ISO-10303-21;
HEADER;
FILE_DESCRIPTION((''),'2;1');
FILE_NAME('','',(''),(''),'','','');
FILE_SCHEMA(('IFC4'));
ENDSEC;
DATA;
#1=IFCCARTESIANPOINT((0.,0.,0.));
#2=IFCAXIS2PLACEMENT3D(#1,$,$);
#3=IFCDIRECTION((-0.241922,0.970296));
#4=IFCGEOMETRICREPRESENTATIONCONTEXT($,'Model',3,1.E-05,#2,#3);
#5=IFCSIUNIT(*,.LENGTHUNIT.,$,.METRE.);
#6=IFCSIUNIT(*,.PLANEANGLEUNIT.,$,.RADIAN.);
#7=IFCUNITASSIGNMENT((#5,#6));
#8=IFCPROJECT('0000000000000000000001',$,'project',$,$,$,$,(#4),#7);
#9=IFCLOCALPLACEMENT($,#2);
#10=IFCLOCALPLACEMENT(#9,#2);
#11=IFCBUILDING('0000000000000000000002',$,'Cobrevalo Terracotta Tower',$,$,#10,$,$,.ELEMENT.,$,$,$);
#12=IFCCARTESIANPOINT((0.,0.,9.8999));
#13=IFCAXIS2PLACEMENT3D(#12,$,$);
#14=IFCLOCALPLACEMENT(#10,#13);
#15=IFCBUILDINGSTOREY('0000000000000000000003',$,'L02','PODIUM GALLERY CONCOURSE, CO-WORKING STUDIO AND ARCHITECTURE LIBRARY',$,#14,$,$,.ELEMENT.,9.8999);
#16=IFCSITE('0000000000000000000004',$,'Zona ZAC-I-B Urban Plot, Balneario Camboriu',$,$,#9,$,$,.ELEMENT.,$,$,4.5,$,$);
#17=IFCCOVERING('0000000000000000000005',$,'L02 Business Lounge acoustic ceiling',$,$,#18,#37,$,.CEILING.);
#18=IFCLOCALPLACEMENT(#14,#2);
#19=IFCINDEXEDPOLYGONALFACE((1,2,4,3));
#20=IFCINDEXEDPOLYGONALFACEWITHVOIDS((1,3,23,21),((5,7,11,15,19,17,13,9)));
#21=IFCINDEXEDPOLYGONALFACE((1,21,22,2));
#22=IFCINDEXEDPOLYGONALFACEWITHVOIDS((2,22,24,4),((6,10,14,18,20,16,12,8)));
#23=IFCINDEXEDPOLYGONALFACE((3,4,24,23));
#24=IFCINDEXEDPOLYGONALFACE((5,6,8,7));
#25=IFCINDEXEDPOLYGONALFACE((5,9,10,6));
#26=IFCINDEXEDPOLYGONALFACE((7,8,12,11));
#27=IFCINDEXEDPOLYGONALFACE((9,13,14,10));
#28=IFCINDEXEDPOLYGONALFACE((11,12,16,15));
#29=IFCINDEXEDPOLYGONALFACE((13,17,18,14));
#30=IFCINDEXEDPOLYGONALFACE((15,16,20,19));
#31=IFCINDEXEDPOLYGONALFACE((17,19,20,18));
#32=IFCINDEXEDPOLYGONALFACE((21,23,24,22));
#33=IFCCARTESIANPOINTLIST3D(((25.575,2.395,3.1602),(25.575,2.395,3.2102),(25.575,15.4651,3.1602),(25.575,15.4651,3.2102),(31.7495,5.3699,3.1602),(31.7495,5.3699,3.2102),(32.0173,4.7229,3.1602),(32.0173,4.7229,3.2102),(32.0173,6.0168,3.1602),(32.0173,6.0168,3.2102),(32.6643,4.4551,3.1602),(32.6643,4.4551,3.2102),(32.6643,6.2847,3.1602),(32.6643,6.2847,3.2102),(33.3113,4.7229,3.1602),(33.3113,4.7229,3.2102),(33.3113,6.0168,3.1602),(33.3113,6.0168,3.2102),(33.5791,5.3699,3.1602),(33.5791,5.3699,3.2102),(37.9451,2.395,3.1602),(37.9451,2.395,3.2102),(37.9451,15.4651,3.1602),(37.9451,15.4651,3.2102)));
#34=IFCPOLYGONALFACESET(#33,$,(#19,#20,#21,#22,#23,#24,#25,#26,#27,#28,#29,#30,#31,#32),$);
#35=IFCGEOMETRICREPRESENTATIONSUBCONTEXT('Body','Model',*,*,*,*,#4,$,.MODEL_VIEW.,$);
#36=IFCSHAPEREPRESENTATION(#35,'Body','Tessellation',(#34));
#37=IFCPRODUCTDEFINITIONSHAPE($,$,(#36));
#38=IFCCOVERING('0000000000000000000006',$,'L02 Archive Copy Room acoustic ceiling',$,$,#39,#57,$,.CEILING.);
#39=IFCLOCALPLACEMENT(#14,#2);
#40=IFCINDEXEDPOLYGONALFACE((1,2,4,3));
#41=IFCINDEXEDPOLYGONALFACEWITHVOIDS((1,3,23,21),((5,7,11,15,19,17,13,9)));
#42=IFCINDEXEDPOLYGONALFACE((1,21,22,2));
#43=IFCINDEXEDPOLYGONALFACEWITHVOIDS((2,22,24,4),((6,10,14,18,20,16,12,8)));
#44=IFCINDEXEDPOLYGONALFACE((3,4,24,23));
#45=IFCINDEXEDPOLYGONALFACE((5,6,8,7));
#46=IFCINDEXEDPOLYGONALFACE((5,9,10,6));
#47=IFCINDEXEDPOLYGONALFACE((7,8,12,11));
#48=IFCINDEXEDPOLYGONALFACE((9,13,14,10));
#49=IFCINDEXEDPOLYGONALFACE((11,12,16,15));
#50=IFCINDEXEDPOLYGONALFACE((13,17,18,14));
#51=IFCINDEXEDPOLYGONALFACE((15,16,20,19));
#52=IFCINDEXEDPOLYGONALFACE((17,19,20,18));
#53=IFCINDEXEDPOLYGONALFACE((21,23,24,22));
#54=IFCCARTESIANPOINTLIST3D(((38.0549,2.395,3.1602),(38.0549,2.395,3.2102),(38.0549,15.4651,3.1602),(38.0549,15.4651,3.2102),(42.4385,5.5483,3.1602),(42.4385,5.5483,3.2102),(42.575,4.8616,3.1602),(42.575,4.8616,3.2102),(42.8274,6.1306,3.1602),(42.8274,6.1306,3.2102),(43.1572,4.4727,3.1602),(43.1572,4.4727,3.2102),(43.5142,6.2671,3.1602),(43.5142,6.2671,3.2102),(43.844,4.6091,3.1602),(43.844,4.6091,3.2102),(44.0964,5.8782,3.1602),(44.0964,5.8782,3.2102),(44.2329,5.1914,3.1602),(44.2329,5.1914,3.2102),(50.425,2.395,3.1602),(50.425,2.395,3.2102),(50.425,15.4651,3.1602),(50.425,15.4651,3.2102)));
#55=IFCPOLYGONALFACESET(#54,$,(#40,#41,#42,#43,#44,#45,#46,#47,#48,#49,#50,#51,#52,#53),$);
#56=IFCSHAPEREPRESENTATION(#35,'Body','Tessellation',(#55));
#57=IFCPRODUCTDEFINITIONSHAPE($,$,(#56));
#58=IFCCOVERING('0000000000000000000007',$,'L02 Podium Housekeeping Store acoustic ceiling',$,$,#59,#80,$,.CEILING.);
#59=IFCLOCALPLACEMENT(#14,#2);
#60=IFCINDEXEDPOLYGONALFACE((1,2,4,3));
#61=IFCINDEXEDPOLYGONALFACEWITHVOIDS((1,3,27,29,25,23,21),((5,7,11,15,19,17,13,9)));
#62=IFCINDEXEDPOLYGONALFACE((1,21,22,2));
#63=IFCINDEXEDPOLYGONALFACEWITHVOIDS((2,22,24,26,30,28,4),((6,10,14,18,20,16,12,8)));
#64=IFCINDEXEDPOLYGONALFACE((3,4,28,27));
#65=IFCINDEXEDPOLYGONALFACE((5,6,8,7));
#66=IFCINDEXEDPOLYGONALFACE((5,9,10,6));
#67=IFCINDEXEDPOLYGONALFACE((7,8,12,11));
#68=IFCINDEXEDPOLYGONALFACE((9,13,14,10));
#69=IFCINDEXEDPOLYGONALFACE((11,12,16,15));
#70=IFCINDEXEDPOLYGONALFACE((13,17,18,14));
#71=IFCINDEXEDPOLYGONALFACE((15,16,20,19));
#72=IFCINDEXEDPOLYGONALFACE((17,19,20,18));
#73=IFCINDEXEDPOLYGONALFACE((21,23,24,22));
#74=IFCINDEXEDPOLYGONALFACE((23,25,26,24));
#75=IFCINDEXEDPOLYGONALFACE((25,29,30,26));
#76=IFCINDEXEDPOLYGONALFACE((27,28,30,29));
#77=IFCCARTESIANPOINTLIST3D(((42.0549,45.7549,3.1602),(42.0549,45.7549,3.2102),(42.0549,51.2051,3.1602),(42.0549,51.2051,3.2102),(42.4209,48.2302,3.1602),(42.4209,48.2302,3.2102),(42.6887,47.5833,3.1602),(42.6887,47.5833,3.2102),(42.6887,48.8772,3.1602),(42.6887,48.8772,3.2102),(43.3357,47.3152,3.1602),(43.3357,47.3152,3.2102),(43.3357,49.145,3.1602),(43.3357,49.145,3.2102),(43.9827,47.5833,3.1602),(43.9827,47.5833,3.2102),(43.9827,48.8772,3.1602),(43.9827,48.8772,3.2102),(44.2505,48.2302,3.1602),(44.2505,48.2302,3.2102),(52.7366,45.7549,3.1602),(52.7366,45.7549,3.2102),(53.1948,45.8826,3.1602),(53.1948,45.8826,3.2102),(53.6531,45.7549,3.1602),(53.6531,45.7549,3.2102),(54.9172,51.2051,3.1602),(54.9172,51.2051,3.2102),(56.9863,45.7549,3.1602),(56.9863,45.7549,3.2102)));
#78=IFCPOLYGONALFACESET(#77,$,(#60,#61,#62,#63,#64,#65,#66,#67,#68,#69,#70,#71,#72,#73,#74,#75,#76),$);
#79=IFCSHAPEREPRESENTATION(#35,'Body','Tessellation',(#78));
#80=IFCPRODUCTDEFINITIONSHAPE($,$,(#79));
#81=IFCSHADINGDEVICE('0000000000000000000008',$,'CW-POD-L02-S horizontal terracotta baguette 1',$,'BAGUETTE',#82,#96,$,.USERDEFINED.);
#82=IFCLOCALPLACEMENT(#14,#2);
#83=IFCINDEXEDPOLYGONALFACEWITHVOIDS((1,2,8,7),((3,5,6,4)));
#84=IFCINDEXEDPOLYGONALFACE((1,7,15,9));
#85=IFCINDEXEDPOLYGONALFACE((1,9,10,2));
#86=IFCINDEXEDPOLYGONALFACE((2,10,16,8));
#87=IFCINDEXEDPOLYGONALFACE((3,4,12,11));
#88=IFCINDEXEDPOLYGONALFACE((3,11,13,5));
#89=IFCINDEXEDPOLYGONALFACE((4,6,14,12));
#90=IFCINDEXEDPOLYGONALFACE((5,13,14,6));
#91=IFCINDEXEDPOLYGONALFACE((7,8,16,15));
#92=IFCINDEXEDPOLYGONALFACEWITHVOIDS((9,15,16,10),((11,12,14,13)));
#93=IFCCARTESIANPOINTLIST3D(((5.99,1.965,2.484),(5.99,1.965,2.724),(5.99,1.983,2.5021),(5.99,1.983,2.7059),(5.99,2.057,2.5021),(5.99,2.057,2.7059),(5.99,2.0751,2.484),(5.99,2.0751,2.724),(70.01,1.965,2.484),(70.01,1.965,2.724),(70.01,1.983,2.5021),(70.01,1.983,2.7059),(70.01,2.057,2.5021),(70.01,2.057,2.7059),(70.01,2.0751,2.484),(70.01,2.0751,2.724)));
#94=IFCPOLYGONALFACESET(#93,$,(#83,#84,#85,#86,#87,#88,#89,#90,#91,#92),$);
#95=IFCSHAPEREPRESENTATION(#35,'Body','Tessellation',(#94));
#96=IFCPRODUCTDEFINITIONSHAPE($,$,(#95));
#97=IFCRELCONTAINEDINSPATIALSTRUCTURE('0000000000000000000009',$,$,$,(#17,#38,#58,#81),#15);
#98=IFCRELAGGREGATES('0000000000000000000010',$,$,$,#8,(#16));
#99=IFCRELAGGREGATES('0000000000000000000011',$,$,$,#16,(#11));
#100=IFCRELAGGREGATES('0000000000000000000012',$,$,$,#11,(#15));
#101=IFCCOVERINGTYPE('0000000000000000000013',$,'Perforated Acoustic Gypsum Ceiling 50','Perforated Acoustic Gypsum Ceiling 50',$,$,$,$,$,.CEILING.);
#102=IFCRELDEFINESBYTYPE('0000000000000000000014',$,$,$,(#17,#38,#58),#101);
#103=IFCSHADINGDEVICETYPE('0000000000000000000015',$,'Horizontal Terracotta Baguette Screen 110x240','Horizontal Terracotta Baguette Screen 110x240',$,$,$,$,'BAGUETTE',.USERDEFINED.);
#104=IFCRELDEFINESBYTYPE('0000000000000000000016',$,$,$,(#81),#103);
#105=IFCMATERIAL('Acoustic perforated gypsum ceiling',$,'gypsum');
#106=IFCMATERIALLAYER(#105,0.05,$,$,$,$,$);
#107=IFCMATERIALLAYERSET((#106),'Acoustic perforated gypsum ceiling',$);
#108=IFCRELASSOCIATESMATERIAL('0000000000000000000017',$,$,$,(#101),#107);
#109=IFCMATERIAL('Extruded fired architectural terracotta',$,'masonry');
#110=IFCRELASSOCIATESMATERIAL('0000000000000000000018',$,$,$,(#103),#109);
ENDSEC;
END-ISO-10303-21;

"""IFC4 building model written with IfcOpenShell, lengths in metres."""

from ifc_helpers import new_model, si_unit, direction, frame, origin, origin_2d, place, context, subcontext, project, spatial, polyline, hollow_rectangle, outline, extrude, source, transform, mapped, material, layer, layer_set, material_profile, profile_set, type_object, element, save


model = new_model("IFC4")

# Units and contexts
model_context = context("Model", 3, precision=1e-05, world=origin(), true_north=direction((-0.241922, 0.970296)))
body_context = subcontext(model_context, "Body", "Model", "MODEL_VIEW")
ifc_project = project(units=[si_unit("LENGTHUNIT", "METRE"), si_unit("PLANEANGLEUNIT", "RADIAN")], contexts=[model_context])

# Site, building, storey
site_placement = place(None, origin())
site = spatial("IfcSite", under=ifc_project, at=site_placement, Name="Zona ZAC-I-B Urban Plot, Balneario Camboriu", CompositionType="ELEMENT", RefElevation=4.5)
building_placement = place(site_placement, origin())
building = spatial("IfcBuilding", under=site, at=building_placement, Name="Cobrevalo Terracotta Tower", CompositionType="ELEMENT")
storey_placement = place(building_placement, frame((0.0, 0.0, 9.8999)))
storey = spatial("IfcBuildingStorey", under=building, at=storey_placement, Name="L02", Description="PODIUM GALLERY CONCOURSE, CO-WORKING STUDIO AND ARCHITECTURE LIBRARY", CompositionType="ELEMENT", Elevation=9.8999)

# Coverings
ifc_material_1 = material(Name="Acoustic perforated gypsum ceiling", Category="gypsum")
ifc_layer_1 = layer(ifc_material_1, 0.05)
ifc_layer_set_1 = layer_set([ifc_layer_1], Name="Acoustic perforated gypsum ceiling")
covering_type_1 = type_object("IfcCoveringType", Name="Perforated Acoustic Gypsum Ceiling 50", Description="Perforated Acoustic Gypsum Ceiling 50", PredefinedType="CEILING", material=ifc_layer_set_1)
covering_1_placement = place(storey_placement, frame((0.0, 0.0, 3.1602)))
element("IfcCovering", 1, at=covering_1_placement, inside=storey, type_object=covering_type_1, Name="L02 Business Lounge acoustic ceiling", PredefinedType="CEILING", context=body_context, shape_type="SweptSolid", body=[
    extrude(outline(polyline([(25.575, 15.4651), (37.9451, 15.4651), (37.9451, 2.395), (25.575, 2.395), (25.575, 15.4651)]), holes=[polyline([(33.3113, 4.7229), (33.5791, 5.3699), (33.3113, 6.0168), (32.6643, 6.2847), (32.0173, 6.0168), (31.7495, 5.3699), (32.0173, 4.7229), (32.6643, 4.4551), (33.3113, 4.7229)])]), origin(), (0.0, 0.0, 1.0), 0.05),
])
covering_2_placement = place(storey_placement, frame((0.0, 0.0, 3.1602)))
element("IfcCovering", 2, at=covering_2_placement, inside=storey, type_object=covering_type_1, Name="L02 Archive Copy Room acoustic ceiling", PredefinedType="CEILING", context=body_context, shape_type="SweptSolid", body=[
    extrude(outline(polyline([(38.0549, 15.4651), (50.425, 15.4651), (50.425, 2.395), (38.0549, 2.395), (38.0549, 15.4651)]), holes=[polyline([(43.844, 4.6091), (44.2329, 5.1914), (44.0964, 5.8782), (43.5142, 6.2671), (42.8274, 6.1306), (42.4385, 5.5483), (42.575, 4.8616), (43.1572, 4.4727), (43.844, 4.6091)])]), origin(), (0.0, 0.0, 1.0), 0.05),
])
covering_3_placement = place(storey_placement, frame((0.0, 0.0, 3.1602)))
element("IfcCovering", 3, at=covering_3_placement, inside=storey, type_object=covering_type_1, Name="L02 Podium Housekeeping Store acoustic ceiling", PredefinedType="CEILING", context=body_context, shape_type="SweptSolid", body=[
    extrude(outline(polyline([(56.9863, 45.7549), (53.6531, 45.7549), (53.1948, 45.8826), (52.7366, 45.7549), (42.0549, 45.7549), (42.0549, 51.2051), (54.9172, 51.2051), (56.9863, 45.7549)]), holes=[polyline([(43.9827, 47.5833), (44.2505, 48.2302), (43.9827, 48.8772), (43.3357, 49.145), (42.6887, 48.8772), (42.4209, 48.2302), (42.6887, 47.5833), (43.3357, 47.3152), (43.9827, 47.5833)])]), origin(), (0.0, 0.0, 1.0), 0.05),
])

# Shading device
ifc_material_2 = material(Name="Extruded fired architectural terracotta", Category="masonry")
ifc_material_profile_1 = material_profile(ifc_material_2, hollow_rectangle(XDim=0.1101, YDim=0.24, WallThickness=0.0181, at=origin_2d()), Name="BAGUETTE 110x240")
ifc_profile_set_1 = profile_set([ifc_material_profile_1], Name="Extruded fired architectural terracotta")
shading_device_type = type_object("IfcShadingDeviceType", Name="Horizontal Terracotta Baguette Screen 110x240", Description="Horizontal Terracotta Baguette Screen 110x240", ElementType="BAGUETTE", PredefinedType="USERDEFINED", material=ifc_profile_set_1)
shared_shape = source(origin(), body_context, "Body", "SweptSolid", [
    extrude(hollow_rectangle(XDim=0.1101, YDim=0.24, WallThickness=0.0181, at=origin_2d()), origin(), (0.0, 0.0, 1.0), 64.02),
])
shading_device_placement = place(storey_placement, frame((5.99, 2.02, 2.604), z_axis=(1.0, 0.0, 0.0), x_axis=(0.0, 1.0, 0.0)))
element("IfcShadingDevice", 4, at=shading_device_placement, inside=storey, type_object=shading_device_type, Name="CW-POD-L02-S horizontal terracotta baguette 1", ObjectType="BAGUETTE", PredefinedType="USERDEFINED", context=body_context, shape_type="MappedRepresentation", body=[
    mapped(shared_shape, transform((0.0, 0.0, 0.0), scale=1.0)),
])

save(model, "model.ifc")
